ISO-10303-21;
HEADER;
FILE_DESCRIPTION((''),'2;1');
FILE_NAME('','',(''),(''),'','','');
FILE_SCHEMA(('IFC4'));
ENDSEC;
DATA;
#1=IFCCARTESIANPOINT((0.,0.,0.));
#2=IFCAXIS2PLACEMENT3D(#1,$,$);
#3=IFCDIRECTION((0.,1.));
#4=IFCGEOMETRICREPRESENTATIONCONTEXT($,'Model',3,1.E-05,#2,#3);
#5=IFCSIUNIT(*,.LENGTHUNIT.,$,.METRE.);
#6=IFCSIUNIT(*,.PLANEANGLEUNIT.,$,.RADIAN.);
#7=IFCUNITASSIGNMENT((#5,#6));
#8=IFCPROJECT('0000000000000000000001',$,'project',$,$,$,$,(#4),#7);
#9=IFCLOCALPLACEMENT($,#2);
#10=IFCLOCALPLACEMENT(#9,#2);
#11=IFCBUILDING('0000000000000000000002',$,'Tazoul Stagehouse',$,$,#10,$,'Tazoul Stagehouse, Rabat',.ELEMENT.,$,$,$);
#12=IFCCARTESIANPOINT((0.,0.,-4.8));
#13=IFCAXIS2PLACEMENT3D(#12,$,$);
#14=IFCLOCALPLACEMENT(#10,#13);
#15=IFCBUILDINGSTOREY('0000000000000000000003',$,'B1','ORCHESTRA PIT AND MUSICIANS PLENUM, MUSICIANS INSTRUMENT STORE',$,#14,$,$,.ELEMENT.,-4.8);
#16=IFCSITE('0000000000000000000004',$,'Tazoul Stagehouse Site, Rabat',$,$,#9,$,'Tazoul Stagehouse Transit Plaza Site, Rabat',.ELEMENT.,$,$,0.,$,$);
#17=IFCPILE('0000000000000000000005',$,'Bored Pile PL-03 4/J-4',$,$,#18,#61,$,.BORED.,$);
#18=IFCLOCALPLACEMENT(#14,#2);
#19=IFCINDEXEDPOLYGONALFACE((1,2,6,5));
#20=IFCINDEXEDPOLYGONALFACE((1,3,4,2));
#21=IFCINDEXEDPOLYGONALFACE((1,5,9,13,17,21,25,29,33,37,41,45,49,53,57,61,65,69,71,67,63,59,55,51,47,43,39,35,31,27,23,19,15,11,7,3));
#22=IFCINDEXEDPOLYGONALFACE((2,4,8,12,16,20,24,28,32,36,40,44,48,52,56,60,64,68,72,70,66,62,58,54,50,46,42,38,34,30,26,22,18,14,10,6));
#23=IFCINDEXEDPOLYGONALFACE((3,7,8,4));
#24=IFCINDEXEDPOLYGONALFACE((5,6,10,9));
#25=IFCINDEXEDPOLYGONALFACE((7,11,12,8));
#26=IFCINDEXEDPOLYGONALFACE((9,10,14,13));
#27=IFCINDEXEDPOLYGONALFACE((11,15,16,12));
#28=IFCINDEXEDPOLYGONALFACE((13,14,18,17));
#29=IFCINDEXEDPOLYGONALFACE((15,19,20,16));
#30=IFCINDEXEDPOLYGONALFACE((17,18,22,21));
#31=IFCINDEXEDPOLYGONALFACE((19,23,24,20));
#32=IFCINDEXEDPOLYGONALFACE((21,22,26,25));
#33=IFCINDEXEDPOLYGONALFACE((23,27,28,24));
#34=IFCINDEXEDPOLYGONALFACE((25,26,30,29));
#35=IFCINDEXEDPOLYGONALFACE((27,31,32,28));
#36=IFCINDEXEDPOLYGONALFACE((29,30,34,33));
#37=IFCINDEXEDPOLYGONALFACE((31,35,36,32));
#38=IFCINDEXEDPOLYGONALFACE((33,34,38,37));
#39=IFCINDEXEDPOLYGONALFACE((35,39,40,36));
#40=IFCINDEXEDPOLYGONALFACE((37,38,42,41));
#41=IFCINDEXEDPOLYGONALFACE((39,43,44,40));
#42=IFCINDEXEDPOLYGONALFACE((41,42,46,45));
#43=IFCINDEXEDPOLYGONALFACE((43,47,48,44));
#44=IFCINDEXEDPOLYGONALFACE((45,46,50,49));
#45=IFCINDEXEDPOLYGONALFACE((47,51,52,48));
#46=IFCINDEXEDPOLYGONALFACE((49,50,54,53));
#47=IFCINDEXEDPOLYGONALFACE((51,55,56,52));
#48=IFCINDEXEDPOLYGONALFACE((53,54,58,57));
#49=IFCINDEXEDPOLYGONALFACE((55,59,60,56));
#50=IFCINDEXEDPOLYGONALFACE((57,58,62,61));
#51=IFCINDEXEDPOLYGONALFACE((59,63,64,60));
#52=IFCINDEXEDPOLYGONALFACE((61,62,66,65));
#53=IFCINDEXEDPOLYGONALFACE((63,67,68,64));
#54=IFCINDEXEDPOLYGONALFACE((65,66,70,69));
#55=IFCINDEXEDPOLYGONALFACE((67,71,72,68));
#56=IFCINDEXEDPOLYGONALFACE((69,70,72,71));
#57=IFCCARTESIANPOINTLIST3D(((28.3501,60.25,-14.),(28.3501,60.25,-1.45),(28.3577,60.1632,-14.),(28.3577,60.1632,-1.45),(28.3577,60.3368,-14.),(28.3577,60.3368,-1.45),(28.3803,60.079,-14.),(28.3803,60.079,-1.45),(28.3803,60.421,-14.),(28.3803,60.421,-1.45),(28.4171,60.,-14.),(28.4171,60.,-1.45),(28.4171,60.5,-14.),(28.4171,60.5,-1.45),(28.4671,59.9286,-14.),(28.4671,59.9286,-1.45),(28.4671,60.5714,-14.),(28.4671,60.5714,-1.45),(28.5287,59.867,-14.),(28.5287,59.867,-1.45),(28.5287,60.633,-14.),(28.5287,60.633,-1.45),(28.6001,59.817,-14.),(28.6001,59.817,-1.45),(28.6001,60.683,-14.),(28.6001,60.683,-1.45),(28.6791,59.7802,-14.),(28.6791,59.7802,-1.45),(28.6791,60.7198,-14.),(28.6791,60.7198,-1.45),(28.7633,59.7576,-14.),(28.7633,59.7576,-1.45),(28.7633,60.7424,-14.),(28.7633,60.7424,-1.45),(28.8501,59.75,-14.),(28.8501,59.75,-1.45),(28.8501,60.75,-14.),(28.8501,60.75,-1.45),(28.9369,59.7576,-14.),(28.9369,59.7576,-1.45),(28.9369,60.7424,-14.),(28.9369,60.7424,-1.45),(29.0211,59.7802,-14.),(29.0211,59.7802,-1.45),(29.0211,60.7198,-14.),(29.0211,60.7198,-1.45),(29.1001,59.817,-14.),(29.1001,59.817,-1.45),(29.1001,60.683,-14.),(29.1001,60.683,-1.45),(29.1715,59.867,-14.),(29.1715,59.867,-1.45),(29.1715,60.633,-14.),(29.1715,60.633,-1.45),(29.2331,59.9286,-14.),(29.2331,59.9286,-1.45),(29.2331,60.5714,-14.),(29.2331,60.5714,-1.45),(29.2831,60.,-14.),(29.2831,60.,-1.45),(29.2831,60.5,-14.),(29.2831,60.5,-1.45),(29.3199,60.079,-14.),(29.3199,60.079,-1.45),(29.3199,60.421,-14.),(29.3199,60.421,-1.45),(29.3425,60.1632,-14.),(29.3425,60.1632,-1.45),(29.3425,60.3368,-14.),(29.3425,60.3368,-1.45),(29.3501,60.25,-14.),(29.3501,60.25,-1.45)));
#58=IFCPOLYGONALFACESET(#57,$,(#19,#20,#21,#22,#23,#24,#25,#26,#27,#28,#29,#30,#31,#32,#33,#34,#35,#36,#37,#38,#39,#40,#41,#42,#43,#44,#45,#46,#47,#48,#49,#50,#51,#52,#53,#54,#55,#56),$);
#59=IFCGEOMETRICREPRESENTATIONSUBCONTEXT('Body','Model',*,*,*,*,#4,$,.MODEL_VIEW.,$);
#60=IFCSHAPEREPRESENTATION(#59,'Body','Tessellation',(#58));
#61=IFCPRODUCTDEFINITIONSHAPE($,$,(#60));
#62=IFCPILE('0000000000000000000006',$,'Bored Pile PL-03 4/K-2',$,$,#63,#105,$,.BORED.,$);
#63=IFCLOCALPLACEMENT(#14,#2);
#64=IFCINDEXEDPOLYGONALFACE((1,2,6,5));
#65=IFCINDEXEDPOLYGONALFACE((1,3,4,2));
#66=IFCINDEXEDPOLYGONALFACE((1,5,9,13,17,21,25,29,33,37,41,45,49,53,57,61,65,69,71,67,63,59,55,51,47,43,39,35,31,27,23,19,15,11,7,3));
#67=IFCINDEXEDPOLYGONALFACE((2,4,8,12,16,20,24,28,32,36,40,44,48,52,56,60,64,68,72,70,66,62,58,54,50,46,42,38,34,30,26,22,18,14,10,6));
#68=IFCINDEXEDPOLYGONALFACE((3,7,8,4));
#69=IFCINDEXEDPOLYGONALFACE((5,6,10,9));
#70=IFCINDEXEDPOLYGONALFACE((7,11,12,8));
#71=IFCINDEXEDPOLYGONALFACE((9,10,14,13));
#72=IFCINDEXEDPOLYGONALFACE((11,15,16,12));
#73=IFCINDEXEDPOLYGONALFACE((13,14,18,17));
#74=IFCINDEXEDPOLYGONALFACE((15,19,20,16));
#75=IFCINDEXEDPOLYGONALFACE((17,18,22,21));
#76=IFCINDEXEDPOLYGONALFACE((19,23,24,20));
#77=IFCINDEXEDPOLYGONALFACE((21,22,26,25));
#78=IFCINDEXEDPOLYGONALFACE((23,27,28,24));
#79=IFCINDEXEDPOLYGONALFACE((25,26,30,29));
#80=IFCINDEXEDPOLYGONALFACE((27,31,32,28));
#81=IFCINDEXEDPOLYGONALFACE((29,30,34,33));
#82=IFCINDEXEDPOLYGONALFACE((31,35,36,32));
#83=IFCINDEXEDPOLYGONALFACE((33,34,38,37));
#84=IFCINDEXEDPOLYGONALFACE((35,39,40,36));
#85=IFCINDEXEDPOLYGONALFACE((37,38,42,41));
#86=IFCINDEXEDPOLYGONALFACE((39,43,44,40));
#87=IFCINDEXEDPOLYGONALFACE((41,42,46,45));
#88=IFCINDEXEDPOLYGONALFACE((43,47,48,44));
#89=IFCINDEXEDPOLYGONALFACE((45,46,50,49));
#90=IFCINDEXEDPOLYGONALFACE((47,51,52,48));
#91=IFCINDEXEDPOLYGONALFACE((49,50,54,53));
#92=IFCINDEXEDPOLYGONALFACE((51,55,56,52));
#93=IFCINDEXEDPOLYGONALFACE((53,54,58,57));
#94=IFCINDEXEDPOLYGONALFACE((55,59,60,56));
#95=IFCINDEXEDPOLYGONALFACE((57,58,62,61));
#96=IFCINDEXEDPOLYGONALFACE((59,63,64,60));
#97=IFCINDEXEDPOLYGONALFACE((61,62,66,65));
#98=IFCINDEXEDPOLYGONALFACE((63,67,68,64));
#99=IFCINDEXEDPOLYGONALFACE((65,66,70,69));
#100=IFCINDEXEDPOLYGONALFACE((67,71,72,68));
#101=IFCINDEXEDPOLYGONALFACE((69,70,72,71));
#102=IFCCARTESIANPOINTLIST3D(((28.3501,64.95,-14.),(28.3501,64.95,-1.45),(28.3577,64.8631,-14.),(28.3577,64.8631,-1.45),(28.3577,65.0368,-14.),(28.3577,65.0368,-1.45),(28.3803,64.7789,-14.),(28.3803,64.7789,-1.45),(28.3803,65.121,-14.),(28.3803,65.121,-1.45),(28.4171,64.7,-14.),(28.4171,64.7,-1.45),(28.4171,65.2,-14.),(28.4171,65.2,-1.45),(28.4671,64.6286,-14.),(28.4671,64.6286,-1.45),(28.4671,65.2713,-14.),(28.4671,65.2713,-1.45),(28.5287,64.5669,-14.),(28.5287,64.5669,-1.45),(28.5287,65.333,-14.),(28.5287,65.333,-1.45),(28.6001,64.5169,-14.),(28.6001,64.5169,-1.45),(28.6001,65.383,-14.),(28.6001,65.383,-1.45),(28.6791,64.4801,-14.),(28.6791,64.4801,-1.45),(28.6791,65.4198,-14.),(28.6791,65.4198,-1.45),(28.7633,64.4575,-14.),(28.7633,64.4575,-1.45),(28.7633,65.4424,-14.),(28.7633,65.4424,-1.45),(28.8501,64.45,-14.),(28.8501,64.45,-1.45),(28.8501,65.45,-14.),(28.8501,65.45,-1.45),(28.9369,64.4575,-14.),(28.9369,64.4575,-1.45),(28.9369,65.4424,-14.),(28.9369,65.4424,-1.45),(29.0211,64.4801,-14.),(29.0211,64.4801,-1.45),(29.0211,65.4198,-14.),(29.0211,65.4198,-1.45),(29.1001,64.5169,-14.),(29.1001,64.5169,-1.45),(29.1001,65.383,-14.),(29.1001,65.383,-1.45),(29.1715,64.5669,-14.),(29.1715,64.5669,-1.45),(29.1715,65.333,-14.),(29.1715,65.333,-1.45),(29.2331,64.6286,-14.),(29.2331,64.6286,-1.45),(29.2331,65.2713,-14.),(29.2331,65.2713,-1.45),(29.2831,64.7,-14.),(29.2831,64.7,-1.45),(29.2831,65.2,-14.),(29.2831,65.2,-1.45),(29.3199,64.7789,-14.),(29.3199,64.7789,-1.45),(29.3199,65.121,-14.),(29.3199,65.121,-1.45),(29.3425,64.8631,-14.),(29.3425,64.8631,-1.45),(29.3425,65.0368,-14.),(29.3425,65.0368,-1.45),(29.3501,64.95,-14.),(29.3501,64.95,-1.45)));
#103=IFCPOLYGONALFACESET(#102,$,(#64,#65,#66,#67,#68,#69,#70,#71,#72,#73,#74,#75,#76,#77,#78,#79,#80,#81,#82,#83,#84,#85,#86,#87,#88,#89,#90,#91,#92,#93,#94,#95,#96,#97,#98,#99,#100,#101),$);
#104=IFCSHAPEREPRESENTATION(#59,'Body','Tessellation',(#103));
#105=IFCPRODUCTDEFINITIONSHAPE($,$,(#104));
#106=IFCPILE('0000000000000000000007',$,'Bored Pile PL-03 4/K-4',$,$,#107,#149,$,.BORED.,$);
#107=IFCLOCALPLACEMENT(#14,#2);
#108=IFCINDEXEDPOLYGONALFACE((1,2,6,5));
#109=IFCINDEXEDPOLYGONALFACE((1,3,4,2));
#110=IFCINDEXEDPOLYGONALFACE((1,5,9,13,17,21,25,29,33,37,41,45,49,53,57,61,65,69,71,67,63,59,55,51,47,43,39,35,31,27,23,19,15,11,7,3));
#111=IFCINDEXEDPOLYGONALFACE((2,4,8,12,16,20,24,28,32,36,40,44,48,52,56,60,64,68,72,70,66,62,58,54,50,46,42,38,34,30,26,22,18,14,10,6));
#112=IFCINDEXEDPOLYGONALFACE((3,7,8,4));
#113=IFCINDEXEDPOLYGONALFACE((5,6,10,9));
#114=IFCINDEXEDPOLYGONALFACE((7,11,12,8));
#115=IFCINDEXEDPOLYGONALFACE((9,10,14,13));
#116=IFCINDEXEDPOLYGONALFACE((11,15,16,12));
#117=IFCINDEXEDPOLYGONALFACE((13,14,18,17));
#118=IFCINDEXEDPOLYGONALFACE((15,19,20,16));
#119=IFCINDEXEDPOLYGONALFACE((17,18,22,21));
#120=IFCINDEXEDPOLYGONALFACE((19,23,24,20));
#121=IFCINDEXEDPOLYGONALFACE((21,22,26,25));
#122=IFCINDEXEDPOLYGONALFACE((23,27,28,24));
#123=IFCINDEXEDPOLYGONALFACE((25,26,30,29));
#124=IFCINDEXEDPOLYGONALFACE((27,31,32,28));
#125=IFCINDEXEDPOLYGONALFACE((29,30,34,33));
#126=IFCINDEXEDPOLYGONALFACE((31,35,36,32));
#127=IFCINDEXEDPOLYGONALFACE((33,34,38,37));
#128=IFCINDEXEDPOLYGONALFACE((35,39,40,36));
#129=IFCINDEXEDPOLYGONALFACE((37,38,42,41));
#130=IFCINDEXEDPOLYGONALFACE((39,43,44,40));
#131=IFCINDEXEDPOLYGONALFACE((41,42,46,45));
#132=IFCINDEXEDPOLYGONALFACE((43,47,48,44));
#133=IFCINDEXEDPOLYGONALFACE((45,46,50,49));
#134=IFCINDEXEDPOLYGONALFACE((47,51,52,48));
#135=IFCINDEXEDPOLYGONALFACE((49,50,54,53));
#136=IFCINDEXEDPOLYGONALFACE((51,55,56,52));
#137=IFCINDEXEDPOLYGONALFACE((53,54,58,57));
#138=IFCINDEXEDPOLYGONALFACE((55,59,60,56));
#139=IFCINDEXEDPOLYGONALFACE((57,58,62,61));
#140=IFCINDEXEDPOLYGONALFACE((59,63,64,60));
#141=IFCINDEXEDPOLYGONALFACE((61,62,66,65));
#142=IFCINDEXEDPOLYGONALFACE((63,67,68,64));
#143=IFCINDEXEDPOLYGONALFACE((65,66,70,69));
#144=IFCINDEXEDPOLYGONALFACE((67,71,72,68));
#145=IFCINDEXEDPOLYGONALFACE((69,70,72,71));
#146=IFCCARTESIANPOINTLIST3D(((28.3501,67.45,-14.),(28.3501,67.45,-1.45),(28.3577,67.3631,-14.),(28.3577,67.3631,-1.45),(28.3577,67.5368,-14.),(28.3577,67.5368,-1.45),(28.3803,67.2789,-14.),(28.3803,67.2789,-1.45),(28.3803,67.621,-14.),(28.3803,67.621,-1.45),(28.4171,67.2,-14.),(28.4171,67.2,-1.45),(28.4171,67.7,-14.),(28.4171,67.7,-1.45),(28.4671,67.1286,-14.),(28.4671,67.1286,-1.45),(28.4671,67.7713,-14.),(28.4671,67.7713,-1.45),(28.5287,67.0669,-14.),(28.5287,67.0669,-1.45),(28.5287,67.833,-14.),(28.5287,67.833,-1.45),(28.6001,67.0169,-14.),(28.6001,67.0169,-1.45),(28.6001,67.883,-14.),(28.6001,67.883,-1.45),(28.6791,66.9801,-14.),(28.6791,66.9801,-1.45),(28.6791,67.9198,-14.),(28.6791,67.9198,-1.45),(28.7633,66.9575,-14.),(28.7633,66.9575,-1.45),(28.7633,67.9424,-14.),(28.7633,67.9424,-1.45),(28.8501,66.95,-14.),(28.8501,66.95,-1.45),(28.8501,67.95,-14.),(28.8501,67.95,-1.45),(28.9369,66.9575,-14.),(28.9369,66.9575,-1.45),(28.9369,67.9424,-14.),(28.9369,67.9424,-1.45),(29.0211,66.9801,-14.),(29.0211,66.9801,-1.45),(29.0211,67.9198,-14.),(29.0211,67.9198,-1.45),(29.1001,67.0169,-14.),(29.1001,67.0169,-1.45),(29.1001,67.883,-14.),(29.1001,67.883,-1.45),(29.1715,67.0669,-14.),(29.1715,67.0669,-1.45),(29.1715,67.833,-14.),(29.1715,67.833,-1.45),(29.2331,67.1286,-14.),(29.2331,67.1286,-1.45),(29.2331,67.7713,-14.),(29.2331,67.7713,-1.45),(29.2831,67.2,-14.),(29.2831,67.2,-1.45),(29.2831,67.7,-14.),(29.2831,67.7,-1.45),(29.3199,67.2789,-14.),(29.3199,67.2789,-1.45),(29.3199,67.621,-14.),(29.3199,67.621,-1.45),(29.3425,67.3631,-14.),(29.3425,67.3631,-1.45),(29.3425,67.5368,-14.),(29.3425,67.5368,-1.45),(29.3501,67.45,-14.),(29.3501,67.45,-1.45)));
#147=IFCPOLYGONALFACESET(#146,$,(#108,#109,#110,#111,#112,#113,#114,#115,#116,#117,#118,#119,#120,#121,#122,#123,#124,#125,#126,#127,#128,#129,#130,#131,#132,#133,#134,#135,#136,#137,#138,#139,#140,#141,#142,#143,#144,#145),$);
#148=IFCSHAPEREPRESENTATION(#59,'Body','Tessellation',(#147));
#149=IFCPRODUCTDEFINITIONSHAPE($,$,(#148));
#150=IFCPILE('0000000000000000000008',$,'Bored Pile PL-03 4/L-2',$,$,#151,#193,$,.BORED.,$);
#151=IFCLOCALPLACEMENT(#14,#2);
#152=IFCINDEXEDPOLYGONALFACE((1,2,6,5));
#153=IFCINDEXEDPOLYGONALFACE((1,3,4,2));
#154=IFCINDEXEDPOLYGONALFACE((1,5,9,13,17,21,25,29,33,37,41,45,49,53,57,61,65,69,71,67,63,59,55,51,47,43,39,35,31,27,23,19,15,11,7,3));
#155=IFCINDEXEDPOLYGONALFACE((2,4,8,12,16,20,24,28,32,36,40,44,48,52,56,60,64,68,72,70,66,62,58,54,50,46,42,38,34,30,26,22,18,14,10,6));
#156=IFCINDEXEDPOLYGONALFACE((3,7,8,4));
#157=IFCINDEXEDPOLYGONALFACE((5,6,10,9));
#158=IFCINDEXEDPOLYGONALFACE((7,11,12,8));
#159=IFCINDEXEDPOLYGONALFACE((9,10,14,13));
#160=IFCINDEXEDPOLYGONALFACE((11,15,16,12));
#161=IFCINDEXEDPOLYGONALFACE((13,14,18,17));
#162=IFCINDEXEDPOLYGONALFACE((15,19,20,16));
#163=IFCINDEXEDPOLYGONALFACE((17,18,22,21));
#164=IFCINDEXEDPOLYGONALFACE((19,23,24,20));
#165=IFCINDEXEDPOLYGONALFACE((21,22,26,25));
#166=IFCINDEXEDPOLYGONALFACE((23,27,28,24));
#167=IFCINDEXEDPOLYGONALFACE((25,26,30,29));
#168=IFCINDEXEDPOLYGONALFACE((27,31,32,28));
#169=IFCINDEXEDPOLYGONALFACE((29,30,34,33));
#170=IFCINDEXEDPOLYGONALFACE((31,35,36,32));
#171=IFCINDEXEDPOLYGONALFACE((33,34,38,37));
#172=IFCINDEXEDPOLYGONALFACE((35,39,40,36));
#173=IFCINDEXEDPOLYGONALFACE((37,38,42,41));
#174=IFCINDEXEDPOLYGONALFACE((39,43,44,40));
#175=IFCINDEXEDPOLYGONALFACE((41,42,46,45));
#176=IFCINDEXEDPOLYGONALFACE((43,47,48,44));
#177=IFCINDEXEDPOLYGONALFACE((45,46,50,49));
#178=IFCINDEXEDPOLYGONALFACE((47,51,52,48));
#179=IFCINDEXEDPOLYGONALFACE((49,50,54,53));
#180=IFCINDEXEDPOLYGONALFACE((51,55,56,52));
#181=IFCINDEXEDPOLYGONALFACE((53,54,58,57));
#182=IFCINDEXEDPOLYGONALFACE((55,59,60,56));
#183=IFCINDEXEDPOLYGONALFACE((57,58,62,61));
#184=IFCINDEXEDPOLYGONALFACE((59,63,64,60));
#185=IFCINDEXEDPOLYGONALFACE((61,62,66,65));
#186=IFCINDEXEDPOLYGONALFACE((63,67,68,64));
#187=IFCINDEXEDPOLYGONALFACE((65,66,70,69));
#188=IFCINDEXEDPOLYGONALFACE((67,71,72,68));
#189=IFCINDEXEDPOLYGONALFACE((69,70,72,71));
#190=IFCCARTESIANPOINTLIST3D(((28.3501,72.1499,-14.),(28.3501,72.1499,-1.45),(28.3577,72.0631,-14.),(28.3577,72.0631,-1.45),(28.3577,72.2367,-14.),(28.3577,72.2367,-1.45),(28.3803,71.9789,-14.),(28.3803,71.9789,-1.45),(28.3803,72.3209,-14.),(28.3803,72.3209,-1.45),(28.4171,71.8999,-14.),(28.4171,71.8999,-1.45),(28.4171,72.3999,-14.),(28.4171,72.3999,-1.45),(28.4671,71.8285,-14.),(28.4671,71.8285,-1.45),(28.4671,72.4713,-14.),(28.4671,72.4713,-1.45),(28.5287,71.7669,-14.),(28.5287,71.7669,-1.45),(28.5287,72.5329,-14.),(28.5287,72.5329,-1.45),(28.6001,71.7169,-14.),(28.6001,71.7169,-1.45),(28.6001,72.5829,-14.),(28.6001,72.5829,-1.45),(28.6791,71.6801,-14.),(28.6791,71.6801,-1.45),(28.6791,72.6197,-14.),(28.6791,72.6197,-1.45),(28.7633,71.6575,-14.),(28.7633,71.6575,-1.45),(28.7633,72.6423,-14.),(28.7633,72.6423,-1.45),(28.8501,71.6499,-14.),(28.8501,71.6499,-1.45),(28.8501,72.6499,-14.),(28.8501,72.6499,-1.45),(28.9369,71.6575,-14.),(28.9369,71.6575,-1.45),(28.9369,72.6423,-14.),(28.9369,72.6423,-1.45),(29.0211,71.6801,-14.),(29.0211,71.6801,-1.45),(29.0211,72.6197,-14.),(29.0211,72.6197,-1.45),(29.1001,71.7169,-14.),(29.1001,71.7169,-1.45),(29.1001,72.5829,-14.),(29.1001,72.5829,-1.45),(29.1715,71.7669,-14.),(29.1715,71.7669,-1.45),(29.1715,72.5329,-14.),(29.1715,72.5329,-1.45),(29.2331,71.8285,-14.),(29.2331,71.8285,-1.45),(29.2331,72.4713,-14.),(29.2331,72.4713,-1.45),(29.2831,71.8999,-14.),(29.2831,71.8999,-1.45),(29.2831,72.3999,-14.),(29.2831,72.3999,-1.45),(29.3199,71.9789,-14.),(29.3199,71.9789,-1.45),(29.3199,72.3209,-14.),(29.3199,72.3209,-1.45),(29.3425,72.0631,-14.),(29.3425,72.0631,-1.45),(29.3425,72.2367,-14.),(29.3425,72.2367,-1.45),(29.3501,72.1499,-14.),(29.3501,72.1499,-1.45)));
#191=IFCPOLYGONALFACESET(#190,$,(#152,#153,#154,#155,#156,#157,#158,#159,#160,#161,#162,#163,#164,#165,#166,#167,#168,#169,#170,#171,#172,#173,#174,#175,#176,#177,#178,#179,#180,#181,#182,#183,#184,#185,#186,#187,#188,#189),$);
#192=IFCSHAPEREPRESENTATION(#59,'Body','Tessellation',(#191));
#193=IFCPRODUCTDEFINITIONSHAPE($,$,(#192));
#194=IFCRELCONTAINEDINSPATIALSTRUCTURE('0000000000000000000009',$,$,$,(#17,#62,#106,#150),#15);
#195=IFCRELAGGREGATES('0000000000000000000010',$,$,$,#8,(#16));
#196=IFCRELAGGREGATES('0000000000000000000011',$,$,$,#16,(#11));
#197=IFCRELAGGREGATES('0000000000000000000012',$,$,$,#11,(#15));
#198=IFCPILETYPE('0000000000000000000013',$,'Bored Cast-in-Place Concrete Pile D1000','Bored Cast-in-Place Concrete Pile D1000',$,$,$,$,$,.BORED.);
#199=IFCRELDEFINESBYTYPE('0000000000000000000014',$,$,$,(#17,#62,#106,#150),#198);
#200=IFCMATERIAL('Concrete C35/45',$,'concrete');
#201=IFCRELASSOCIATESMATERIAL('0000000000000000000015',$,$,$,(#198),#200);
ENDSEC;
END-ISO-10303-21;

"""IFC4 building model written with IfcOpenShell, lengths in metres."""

from ifc_helpers import new_model, si_unit, direction, frame, origin, origin_2d, place, context, subcontext, project, spatial, circle, extrude, material, material_profile, profile_set, type_object, element, save


model = new_model("IFC4")

# Units and contexts
model_context = context("Model", 3, precision=1e-05, world=origin(), true_north=direction((0.0, 1.0)))
body_context = subcontext(model_context, "Body", "Model", "MODEL_VIEW")
ifc_project = project(units=[si_unit("LENGTHUNIT", "METRE"), si_unit("PLANEANGLEUNIT", "RADIAN")], contexts=[model_context])

# Site, building, storey
site_placement = place(None, origin())
site = spatial("IfcSite", under=ifc_project, at=site_placement, Name="Tazoul Stagehouse Site, Rabat", LongName="Tazoul Stagehouse Transit Plaza Site, Rabat", CompositionType="ELEMENT", RefElevation=0.0)
building_placement = place(site_placement, origin())
building = spatial("IfcBuilding", under=site, at=building_placement, Name="Tazoul Stagehouse", LongName="Tazoul Stagehouse, Rabat", CompositionType="ELEMENT")
storey_placement = place(building_placement, frame((0.0, 0.0, -4.8)))
storey = spatial("IfcBuildingStorey", under=building, at=storey_placement, Name="B1", Description="ORCHESTRA PIT AND MUSICIANS PLENUM, MUSICIANS INSTRUMENT STORE", CompositionType="ELEMENT", Elevation=-4.8)

# Piles
ifc_material_1 = material(Name="Concrete C35/45", Category="concrete")
ifc_material_profile_1 = material_profile(ifc_material_1, circle(Radius=0.5, at=origin_2d()), Name="BORED PILE 1000")
ifc_profile_set_1 = profile_set([ifc_material_profile_1], Name="Concrete C35/45")
pile_type = type_object("IfcPileType", Name="Bored Cast-in-Place Concrete Pile D1000", Description="Bored Cast-in-Place Concrete Pile D1000", PredefinedType="BORED", material=ifc_profile_set_1)
for number, where, z_axis, x_axis, name in (
    (1, (28.8501, 60.25, -1.45), (0.0, 0.0, -1.0), (1.0, 0.0, 0.0), "Bored Pile PL-03 4/J-4"),
    (2, (28.8501, 64.95, -1.45), (0.0, 0.0, -1.0), (1.0, 0.0, 0.0), "Bored Pile PL-03 4/K-2"),
    (3, (28.8501, 67.45, -1.45), (0.0, 0.0, -1.0), (1.0, 0.0, 0.0), "Bored Pile PL-03 4/K-4"),
    (4, (28.8501, 72.1499, -1.45), (0.0, 0.0, -1.0), (1.0, 0.0, 0.0), "Bored Pile PL-03 4/L-2"),
):
    element("IfcPile", number, at=place(storey_placement, frame(where, z_axis=z_axis, x_axis=x_axis)), inside=storey, type_object=pile_type, Name=name, PredefinedType="BORED", context=body_context, shape_type="SweptSolid", body=[
        extrude(circle(Radius=0.5, at=origin_2d()), origin(), (0.0, 0.0, 1.0), 12.55),
    ])

save(model, "model.ifc")
